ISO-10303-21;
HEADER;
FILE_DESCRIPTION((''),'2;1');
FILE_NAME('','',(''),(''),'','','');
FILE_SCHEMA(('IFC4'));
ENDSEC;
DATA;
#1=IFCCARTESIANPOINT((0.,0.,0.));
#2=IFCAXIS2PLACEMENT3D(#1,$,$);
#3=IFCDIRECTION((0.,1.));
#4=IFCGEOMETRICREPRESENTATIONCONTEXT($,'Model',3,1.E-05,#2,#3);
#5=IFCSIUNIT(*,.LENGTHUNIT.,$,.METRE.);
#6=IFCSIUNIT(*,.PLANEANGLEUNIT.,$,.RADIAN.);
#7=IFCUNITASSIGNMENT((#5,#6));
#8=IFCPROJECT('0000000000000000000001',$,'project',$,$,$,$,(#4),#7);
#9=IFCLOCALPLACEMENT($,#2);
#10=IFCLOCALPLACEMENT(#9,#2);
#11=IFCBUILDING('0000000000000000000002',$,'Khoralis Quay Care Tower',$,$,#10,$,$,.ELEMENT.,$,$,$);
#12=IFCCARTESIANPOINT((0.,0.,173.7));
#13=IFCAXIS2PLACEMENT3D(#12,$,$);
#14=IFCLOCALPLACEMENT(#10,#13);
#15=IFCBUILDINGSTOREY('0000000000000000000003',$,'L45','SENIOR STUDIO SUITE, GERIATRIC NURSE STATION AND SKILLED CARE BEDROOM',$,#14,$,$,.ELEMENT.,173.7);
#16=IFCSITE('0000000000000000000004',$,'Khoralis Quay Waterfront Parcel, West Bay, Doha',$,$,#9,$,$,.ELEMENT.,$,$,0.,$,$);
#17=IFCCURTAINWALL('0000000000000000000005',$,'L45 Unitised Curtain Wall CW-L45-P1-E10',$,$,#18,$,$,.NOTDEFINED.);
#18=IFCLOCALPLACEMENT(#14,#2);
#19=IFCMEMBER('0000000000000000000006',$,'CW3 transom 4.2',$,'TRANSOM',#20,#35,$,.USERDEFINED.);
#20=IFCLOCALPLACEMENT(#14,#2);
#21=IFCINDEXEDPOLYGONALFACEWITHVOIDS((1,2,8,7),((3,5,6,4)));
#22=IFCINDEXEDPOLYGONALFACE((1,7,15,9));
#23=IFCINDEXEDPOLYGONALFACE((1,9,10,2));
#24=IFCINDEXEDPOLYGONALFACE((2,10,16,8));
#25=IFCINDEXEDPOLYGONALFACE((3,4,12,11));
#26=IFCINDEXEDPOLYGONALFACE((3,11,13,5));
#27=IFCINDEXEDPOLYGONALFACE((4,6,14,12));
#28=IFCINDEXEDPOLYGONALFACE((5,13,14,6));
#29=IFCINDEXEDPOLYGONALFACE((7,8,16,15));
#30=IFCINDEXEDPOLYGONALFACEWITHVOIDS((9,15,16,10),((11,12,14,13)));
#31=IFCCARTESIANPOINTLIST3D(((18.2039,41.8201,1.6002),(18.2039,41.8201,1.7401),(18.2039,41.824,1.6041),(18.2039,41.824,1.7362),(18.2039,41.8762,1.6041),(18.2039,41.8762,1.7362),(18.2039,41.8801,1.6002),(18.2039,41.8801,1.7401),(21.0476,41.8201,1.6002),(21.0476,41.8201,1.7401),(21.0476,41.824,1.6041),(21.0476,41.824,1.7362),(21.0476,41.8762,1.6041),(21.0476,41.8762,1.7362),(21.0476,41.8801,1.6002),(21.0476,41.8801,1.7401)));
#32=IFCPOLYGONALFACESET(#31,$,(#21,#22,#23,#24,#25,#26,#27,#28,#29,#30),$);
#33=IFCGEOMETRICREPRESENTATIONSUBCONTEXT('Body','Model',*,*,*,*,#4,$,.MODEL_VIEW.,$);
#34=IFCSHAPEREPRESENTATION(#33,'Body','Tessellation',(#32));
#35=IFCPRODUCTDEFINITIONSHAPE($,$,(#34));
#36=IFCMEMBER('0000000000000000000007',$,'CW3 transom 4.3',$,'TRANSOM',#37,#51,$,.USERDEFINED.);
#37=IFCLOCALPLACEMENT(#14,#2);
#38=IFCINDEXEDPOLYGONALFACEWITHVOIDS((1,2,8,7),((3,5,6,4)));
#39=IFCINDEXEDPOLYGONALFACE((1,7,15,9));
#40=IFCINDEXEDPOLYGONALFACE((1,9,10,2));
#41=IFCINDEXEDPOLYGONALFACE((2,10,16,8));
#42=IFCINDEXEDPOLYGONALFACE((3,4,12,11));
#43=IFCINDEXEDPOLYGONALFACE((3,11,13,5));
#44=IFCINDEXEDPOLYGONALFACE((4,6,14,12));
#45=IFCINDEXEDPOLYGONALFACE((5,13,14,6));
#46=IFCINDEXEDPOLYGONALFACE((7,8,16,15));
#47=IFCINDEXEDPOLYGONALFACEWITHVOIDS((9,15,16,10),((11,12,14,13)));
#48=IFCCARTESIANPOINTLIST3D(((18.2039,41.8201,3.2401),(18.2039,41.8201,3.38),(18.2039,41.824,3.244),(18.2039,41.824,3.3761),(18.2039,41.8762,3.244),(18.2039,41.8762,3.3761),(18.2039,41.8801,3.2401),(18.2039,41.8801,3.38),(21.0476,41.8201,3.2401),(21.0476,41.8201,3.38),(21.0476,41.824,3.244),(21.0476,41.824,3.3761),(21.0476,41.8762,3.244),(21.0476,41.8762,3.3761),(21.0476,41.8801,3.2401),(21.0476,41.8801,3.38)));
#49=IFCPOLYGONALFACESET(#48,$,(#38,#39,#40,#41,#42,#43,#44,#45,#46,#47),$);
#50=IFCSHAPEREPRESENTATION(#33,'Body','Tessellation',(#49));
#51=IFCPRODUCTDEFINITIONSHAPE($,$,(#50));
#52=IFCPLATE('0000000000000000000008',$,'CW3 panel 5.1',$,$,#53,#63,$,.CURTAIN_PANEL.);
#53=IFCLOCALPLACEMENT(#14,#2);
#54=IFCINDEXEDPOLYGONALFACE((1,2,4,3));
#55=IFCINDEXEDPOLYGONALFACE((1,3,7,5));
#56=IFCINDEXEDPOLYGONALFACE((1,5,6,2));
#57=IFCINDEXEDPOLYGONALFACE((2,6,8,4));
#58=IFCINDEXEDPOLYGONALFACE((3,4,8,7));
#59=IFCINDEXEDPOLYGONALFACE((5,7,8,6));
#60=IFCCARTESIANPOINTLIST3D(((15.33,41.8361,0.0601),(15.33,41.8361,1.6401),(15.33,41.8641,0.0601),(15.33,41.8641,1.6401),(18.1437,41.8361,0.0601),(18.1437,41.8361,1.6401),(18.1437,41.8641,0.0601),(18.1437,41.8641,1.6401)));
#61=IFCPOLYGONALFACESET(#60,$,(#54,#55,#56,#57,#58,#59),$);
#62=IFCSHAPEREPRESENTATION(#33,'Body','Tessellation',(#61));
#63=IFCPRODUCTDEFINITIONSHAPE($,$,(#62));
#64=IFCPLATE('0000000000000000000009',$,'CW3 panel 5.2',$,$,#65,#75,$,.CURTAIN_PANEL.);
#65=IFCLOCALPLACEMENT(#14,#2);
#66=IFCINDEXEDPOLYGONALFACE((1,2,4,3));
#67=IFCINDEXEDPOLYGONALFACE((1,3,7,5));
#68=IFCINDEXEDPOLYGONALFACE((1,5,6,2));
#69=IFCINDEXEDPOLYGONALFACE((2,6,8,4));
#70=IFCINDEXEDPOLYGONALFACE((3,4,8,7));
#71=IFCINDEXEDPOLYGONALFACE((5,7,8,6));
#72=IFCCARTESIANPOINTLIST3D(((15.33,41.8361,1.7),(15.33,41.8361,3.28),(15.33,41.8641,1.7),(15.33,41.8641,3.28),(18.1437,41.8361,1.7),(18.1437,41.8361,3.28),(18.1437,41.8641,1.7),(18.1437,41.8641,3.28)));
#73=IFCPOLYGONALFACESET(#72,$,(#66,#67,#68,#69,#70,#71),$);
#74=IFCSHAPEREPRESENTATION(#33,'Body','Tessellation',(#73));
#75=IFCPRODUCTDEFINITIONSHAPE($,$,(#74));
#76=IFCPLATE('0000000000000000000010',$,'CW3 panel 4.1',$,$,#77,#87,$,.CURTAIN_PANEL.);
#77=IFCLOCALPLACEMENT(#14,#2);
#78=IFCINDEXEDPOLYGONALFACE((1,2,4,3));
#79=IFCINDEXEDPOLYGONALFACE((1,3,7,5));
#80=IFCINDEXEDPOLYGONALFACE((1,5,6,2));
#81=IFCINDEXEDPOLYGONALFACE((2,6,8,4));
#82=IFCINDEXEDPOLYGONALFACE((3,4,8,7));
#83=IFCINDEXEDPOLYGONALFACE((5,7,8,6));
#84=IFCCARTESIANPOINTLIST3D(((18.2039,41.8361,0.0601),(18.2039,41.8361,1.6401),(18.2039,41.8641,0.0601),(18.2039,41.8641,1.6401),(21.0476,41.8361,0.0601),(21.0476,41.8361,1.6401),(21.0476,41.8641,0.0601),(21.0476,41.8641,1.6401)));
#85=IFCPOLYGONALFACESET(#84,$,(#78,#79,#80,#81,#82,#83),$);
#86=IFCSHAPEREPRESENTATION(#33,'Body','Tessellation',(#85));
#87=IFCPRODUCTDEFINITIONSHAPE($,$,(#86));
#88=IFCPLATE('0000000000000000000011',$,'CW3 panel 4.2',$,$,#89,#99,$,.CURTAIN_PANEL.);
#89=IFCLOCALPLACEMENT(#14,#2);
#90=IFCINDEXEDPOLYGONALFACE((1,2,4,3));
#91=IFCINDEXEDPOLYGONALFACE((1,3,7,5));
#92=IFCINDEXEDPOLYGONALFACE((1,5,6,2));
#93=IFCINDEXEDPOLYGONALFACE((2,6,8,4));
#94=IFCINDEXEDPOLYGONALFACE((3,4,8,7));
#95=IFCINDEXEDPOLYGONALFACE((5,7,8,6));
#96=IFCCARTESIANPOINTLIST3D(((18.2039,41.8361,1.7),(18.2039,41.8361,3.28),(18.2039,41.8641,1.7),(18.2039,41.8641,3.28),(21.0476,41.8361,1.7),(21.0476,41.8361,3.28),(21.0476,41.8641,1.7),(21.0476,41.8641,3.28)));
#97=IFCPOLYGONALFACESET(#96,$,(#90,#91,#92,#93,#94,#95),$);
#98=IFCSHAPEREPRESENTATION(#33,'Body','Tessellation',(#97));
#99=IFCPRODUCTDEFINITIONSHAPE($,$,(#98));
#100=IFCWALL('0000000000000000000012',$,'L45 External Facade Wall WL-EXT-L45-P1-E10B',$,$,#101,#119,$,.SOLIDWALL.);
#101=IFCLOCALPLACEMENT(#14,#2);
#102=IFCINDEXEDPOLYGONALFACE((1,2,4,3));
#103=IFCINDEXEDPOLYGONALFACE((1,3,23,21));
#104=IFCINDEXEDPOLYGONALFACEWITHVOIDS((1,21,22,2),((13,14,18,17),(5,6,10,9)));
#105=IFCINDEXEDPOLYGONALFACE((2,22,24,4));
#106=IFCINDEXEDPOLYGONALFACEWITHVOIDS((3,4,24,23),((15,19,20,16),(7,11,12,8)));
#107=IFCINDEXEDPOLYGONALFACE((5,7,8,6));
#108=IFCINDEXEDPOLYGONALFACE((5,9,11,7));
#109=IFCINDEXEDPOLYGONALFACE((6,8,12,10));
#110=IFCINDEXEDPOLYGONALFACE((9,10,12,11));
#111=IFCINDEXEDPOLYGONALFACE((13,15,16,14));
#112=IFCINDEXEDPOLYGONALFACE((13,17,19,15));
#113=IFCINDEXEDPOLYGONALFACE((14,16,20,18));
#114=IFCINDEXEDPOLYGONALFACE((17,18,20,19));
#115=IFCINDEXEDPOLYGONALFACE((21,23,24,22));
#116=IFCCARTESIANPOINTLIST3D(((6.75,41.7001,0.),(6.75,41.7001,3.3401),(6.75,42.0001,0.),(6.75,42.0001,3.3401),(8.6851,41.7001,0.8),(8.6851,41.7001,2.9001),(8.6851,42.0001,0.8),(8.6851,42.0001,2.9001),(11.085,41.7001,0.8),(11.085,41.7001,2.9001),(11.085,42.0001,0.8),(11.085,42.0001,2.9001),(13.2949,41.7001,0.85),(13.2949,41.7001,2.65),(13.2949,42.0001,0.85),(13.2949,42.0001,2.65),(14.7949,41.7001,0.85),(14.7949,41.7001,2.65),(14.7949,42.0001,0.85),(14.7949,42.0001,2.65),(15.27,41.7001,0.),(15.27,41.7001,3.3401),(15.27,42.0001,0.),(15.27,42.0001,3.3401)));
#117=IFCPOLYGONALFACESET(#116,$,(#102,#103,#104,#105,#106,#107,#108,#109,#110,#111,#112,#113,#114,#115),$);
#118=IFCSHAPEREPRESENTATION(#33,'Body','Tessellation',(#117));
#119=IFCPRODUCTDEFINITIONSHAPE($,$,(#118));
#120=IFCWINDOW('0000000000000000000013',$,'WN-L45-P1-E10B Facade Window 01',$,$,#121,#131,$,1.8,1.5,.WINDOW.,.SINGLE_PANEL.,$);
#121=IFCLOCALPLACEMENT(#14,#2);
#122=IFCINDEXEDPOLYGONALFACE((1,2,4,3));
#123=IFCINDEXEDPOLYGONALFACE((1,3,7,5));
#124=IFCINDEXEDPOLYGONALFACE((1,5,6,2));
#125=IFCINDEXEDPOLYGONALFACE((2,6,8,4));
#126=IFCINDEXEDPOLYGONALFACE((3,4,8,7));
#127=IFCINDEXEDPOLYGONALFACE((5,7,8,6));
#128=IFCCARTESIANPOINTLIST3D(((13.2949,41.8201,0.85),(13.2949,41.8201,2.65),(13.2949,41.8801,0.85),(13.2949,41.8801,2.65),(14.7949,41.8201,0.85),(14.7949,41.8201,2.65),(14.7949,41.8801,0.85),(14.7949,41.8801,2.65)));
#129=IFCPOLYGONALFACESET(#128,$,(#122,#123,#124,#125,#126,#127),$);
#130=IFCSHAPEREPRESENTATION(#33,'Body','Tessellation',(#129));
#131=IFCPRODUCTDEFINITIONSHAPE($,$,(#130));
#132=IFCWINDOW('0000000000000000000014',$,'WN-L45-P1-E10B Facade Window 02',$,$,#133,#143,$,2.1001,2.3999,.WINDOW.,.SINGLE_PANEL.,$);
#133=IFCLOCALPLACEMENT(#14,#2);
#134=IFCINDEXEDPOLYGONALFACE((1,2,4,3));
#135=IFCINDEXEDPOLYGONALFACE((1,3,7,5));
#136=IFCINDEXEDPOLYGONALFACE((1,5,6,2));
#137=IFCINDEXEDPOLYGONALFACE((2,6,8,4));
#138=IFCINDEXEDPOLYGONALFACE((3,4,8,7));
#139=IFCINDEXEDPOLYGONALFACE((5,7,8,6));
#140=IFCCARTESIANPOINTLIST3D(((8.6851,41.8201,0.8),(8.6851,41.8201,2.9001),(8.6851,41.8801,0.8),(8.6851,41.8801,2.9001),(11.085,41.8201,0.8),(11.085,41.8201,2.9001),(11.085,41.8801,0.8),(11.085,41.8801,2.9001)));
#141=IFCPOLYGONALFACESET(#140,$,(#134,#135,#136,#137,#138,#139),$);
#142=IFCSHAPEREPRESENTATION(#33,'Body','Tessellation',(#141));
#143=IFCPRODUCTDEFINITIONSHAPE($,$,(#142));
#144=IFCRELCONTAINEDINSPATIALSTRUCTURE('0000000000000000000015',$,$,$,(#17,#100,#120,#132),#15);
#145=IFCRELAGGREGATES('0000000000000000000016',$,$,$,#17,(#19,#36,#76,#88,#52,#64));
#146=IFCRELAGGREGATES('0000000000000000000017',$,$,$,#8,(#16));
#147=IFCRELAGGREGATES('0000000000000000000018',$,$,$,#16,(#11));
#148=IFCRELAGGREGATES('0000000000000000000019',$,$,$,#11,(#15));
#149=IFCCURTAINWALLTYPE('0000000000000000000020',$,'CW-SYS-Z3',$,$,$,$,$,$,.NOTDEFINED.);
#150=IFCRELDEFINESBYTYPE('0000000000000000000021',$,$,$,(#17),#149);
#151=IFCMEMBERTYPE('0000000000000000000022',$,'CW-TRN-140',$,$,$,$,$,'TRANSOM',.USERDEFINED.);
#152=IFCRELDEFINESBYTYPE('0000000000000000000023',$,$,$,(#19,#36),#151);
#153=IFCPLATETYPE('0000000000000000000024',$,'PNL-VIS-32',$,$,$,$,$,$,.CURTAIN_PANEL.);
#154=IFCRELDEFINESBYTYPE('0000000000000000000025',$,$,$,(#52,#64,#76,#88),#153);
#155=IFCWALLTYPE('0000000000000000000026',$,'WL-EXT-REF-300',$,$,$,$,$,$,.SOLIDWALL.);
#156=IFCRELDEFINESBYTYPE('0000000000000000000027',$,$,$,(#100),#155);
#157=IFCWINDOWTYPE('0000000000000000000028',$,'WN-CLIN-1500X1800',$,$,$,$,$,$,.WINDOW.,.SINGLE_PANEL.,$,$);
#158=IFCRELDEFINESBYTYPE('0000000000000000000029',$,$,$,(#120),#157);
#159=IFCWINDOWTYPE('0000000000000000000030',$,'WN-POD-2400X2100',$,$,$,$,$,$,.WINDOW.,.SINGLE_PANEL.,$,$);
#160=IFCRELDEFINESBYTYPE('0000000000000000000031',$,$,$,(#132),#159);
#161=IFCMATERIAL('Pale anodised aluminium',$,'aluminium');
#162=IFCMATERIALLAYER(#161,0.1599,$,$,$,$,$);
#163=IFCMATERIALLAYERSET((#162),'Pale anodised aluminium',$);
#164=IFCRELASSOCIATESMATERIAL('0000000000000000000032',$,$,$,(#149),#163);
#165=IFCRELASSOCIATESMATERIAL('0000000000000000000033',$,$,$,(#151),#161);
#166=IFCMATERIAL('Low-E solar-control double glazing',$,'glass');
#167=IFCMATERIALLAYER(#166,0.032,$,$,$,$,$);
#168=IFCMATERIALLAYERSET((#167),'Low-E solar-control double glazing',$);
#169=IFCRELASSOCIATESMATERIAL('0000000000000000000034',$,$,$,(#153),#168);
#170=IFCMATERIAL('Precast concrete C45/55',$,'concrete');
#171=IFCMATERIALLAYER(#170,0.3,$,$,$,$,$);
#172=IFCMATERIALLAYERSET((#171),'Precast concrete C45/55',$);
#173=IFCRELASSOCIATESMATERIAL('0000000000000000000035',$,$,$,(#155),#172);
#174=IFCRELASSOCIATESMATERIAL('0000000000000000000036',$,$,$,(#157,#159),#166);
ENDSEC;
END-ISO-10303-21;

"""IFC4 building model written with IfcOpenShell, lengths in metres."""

from ifc_helpers import new_model, si_unit, direction, frame, frame_2d, origin, origin_2d, place, context, subcontext, project, spatial, rectangle, hollow_rectangle, extrude, source, transform, mapped, material, layer, layer_set, material_profile, profile_set, type_object, element, fill, aggregate, save


model = new_model("IFC4")

# Units and contexts
model_context = context("Model", 3, precision=1e-05, world=origin(), true_north=direction((0.0, 1.0)))
body_context = subcontext(model_context, "Body", "Model", "MODEL_VIEW")
ifc_project = project(units=[si_unit("LENGTHUNIT", "METRE"), si_unit("PLANEANGLEUNIT", "RADIAN")], contexts=[model_context])

# Site, building, storey
site_placement = place(None, origin())
site = spatial("IfcSite", under=ifc_project, at=site_placement, Name="Khoralis Quay Waterfront Parcel, West Bay, Doha", CompositionType="ELEMENT", RefElevation=0.0)
building_placement = place(site_placement, origin())
building = spatial("IfcBuilding", under=site, at=building_placement, Name="Khoralis Quay Care Tower", CompositionType="ELEMENT")
storey_placement = place(building_placement, frame((0.0, 0.0, 173.7)))
storey = spatial("IfcBuildingStorey", under=building, at=storey_placement, Name="L45", Description="SENIOR STUDIO SUITE, GERIATRIC NURSE STATION AND SKILLED CARE BEDROOM", CompositionType="ELEMENT", Elevation=173.7)

# Curtain wall, members, plates
ifc_material_1 = material(Name="Pale anodised aluminium", Category="aluminium")
ifc_layer_1 = layer(ifc_material_1, 0.1599)
ifc_layer_set_1 = layer_set([ifc_layer_1], Name="Pale anodised aluminium")
curtain_wall_type = type_object("IfcCurtainWallType", Name="CW-SYS-Z3", PredefinedType="NOTDEFINED", material=ifc_layer_set_1)
curtain_wall_placement = place(storey_placement, origin())
curtain_wall = element("IfcCurtainWall", 1, at=curtain_wall_placement, inside=storey, type_object=curtain_wall_type, Name="L45 Unitised Curtain Wall CW-L45-P1-E10", PredefinedType="NOTDEFINED")
ifc_material_profile_1 = material_profile(ifc_material_1, hollow_rectangle(XDim=0.0601, YDim=0.1399, WallThickness=0.0039, at=origin_2d()), Name="Pale anodised aluminium")
ifc_profile_set_1 = profile_set([ifc_material_profile_1], Name="Pale anodised aluminium")
member_type_1 = type_object("IfcMemberType", Name="CW-TRN-140", ElementType="TRANSOM", PredefinedType="USERDEFINED", material=ifc_profile_set_1)
shared_shape_1 = source(origin(), body_context, "Body", "SweptSolid", [
    extrude(hollow_rectangle(XDim=0.0601, YDim=0.1399, WallThickness=0.0039, at=origin_2d()), origin(), (0.0, 0.0, 1.0), 2.8438),
])
member_1_placement = place(storey_placement, frame((21.0476, 41.8501, 1.6702), z_axis=(-1.0, 0.0, 0.0), x_axis=(0.0, -1.0, 0.0)))
member_1 = element("IfcMember", 2, at=member_1_placement, type_object=member_type_1, Name="CW3 transom 4.2", ObjectType="TRANSOM", PredefinedType="USERDEFINED", context=body_context, shape_type="MappedRepresentation", body=[
    mapped(shared_shape_1, transform((0.0, 0.0, 0.0), scale=1.0)),
])
member_2_placement = place(storey_placement, frame((21.0476, 41.8501, 3.3101), z_axis=(-1.0, 0.0, 0.0), x_axis=(0.0, -1.0, 0.0)))
member_2 = element("IfcMember", 3, at=member_2_placement, type_object=member_type_1, Name="CW3 transom 4.3", ObjectType="TRANSOM", PredefinedType="USERDEFINED", context=body_context, shape_type="MappedRepresentation", body=[
    mapped(shared_shape_1, transform((0.0, 0.0, 0.0), scale=1.0)),
])
ifc_material_2 = material(Name="Low-E solar-control double glazing", Category="glass")
ifc_layer_2 = layer(ifc_material_2, 0.032)
ifc_layer_set_2 = layer_set([ifc_layer_2], Name="Low-E solar-control double glazing")
plate_type = type_object("IfcPlateType", Name="PNL-VIS-32", PredefinedType="CURTAIN_PANEL", material=ifc_layer_set_2)
shared_shape_2 = source(origin(), body_context, "Body", "SweptSolid", [
    extrude(rectangle(XDim=2.8137, YDim=0.0281, at=origin_2d()), origin(), (0.0, 0.0, 1.0), 1.5801),
])
plate_1_placement = place(storey_placement, frame((16.7368, 41.8501, 0.0601), z_axis=(0.0, 0.0, 1.0), x_axis=(-1.0, 0.0, 0.0)))
plate_1 = element("IfcPlate", 4, at=plate_1_placement, type_object=plate_type, Name="CW3 panel 5.1", PredefinedType="CURTAIN_PANEL", context=body_context, shape_type="MappedRepresentation", body=[
    mapped(shared_shape_2, transform((0.0, 0.0, 0.0), scale=1.0)),
])
plate_2_placement = place(storey_placement, frame((16.7368, 41.8501, 1.7), z_axis=(0.0, 0.0, 1.0), x_axis=(-1.0, 0.0, 0.0)))
plate_2 = element("IfcPlate", 5, at=plate_2_placement, type_object=plate_type, Name="CW3 panel 5.2", PredefinedType="CURTAIN_PANEL", context=body_context, shape_type="MappedRepresentation", body=[
    mapped(shared_shape_2, transform((0.0, 0.0, 0.0), scale=1.0)),
])
shared_shape_3 = source(origin(), body_context, "Body", "SweptSolid", [
    extrude(rectangle(XDim=2.8438, YDim=0.0281, at=origin_2d()), origin(), (0.0, 0.0, 1.0), 1.5801),
])
plate_3_placement = place(storey_placement, frame((19.6257, 41.8501, 0.0601), z_axis=(0.0, 0.0, 1.0), x_axis=(-1.0, 0.0, 0.0)))
plate_3 = element("IfcPlate", 6, at=plate_3_placement, type_object=plate_type, Name="CW3 panel 4.1", PredefinedType="CURTAIN_PANEL", context=body_context, shape_type="MappedRepresentation", body=[
    mapped(shared_shape_3, transform((0.0, 0.0, 0.0), scale=1.0)),
])
plate_4_placement = place(storey_placement, frame((19.6257, 41.8501, 1.7), z_axis=(0.0, 0.0, 1.0), x_axis=(-1.0, 0.0, 0.0)))
plate_4 = element("IfcPlate", 7, at=plate_4_placement, type_object=plate_type, Name="CW3 panel 4.2", PredefinedType="CURTAIN_PANEL", context=body_context, shape_type="MappedRepresentation", body=[
    mapped(shared_shape_3, transform((0.0, 0.0, 0.0), scale=1.0)),
])
aggregate(curtain_wall, [member_1, member_2, plate_3, plate_4, plate_1, plate_2])

# Wall, openings, windows
ifc_material_3 = material(Name="Precast concrete C45/55", Category="concrete")
ifc_layer_3 = layer(ifc_material_3, 0.3)
ifc_layer_set_3 = layer_set([ifc_layer_3], Name="Precast concrete C45/55")
wall_type_1 = type_object("IfcWallType", Name="WL-EXT-REF-300", PredefinedType="SOLIDWALL", material=ifc_layer_set_3)
wall_1_placement = place(storey_placement, frame((15.27, 41.8501, 0.0), z_axis=(0.0, 0.0, 1.0), x_axis=(-1.0, 0.0, 0.0)))
wall_1 = element("IfcWall", 8, at=wall_1_placement, inside=storey, type_object=wall_type_1, Name="L45 External Facade Wall WL-EXT-L45-P1-E10B", PredefinedType="SOLIDWALL", context=body_context, shape_type="SweptSolid", body=[
    extrude(rectangle(XDim=8.52, YDim=0.3, at=frame_2d((4.26, 0.0))), origin(), (0.0, 0.0, 1.0), 3.3401),
])
opening_1_placement = place(wall_1_placement, frame((0.4751, 0.0, 0.8501)))
opening_1 = element("IfcOpeningElement", 9, at=opening_1_placement, cuts=wall_1, PredefinedType="OPENING", context=body_context, shape_type="SweptSolid", body=[
    extrude(rectangle(XDim=1.5, YDim=1.8, at=frame_2d((0.75, 0.8999))), frame((0.0, 0.1602, 0.0), z_axis=(0.0, -1.0, 0.0), x_axis=(1.0, 0.0, 0.0)), (0.0, 0.0, 1.0), 0.3201),
])
opening_2_placement = place(wall_1_placement, frame((4.1851, 0.0, 0.8)))
opening_2 = element("IfcOpeningElement", 10, at=opening_2_placement, cuts=wall_1, PredefinedType="OPENING", context=body_context, shape_type="SweptSolid", body=[
    extrude(rectangle(XDim=2.3999, YDim=2.1001, at=frame_2d((1.2, 1.05))), frame((0.0, 0.1602, 0.0), z_axis=(0.0, -1.0, 0.0), x_axis=(1.0, 0.0, 0.0)), (0.0, 0.0, 1.0), 0.3201),
])
window_type_1 = type_object("IfcWindowType", Name="WN-CLIN-1500X1800", PartitioningType="SINGLE_PANEL", PredefinedType="WINDOW", material=ifc_material_2)
shared_shape_4 = source(origin(), body_context, "Body", "SweptSolid", [
    extrude(rectangle(XDim=1.5, YDim=1.8, at=frame_2d((0.75, 0.8999))), frame((0.0, 0.03, 0.0), z_axis=(0.0, -1.0, 0.0), x_axis=(1.0, 0.0, 0.0)), (0.0, 0.0, 1.0), 0.0601),
])
window_1_placement = place(opening_1_placement, origin())
window_1 = element("IfcWindow", 11, at=window_1_placement, inside=storey, type_object=window_type_1, Name="WN-L45-P1-E10B Facade Window 01", OverallHeight=1.8, OverallWidth=1.5, PartitioningType="SINGLE_PANEL", PredefinedType="WINDOW", context=body_context, shape_type="MappedRepresentation", body=[
    mapped(shared_shape_4, transform((0.0, 0.0, 0.0), scale=1.0)),
])
fill(opening_1, window_1)
window_type_2 = type_object("IfcWindowType", Name="WN-POD-2400X2100", PartitioningType="SINGLE_PANEL", PredefinedType="WINDOW", material=ifc_material_2)
shared_shape_5 = source(origin(), body_context, "Body", "SweptSolid", [
    extrude(rectangle(XDim=2.3999, YDim=2.1001, at=frame_2d((1.2, 1.05))), frame((0.0, 0.03, 0.0), z_axis=(0.0, -1.0, 0.0), x_axis=(1.0, 0.0, 0.0)), (0.0, 0.0, 1.0), 0.0601),
])
window_2_placement = place(opening_2_placement, origin())
window_2 = element("IfcWindow", 12, at=window_2_placement, inside=storey, type_object=window_type_2, Name="WN-L45-P1-E10B Facade Window 02", OverallHeight=2.1001, OverallWidth=2.3999, PartitioningType="SINGLE_PANEL", PredefinedType="WINDOW", context=body_context, shape_type="MappedRepresentation", body=[
    mapped(shared_shape_5, transform((0.0, 0.0, 0.0), scale=1.0)),
])
fill(opening_2, window_2)

save(model, "model.ifc")
